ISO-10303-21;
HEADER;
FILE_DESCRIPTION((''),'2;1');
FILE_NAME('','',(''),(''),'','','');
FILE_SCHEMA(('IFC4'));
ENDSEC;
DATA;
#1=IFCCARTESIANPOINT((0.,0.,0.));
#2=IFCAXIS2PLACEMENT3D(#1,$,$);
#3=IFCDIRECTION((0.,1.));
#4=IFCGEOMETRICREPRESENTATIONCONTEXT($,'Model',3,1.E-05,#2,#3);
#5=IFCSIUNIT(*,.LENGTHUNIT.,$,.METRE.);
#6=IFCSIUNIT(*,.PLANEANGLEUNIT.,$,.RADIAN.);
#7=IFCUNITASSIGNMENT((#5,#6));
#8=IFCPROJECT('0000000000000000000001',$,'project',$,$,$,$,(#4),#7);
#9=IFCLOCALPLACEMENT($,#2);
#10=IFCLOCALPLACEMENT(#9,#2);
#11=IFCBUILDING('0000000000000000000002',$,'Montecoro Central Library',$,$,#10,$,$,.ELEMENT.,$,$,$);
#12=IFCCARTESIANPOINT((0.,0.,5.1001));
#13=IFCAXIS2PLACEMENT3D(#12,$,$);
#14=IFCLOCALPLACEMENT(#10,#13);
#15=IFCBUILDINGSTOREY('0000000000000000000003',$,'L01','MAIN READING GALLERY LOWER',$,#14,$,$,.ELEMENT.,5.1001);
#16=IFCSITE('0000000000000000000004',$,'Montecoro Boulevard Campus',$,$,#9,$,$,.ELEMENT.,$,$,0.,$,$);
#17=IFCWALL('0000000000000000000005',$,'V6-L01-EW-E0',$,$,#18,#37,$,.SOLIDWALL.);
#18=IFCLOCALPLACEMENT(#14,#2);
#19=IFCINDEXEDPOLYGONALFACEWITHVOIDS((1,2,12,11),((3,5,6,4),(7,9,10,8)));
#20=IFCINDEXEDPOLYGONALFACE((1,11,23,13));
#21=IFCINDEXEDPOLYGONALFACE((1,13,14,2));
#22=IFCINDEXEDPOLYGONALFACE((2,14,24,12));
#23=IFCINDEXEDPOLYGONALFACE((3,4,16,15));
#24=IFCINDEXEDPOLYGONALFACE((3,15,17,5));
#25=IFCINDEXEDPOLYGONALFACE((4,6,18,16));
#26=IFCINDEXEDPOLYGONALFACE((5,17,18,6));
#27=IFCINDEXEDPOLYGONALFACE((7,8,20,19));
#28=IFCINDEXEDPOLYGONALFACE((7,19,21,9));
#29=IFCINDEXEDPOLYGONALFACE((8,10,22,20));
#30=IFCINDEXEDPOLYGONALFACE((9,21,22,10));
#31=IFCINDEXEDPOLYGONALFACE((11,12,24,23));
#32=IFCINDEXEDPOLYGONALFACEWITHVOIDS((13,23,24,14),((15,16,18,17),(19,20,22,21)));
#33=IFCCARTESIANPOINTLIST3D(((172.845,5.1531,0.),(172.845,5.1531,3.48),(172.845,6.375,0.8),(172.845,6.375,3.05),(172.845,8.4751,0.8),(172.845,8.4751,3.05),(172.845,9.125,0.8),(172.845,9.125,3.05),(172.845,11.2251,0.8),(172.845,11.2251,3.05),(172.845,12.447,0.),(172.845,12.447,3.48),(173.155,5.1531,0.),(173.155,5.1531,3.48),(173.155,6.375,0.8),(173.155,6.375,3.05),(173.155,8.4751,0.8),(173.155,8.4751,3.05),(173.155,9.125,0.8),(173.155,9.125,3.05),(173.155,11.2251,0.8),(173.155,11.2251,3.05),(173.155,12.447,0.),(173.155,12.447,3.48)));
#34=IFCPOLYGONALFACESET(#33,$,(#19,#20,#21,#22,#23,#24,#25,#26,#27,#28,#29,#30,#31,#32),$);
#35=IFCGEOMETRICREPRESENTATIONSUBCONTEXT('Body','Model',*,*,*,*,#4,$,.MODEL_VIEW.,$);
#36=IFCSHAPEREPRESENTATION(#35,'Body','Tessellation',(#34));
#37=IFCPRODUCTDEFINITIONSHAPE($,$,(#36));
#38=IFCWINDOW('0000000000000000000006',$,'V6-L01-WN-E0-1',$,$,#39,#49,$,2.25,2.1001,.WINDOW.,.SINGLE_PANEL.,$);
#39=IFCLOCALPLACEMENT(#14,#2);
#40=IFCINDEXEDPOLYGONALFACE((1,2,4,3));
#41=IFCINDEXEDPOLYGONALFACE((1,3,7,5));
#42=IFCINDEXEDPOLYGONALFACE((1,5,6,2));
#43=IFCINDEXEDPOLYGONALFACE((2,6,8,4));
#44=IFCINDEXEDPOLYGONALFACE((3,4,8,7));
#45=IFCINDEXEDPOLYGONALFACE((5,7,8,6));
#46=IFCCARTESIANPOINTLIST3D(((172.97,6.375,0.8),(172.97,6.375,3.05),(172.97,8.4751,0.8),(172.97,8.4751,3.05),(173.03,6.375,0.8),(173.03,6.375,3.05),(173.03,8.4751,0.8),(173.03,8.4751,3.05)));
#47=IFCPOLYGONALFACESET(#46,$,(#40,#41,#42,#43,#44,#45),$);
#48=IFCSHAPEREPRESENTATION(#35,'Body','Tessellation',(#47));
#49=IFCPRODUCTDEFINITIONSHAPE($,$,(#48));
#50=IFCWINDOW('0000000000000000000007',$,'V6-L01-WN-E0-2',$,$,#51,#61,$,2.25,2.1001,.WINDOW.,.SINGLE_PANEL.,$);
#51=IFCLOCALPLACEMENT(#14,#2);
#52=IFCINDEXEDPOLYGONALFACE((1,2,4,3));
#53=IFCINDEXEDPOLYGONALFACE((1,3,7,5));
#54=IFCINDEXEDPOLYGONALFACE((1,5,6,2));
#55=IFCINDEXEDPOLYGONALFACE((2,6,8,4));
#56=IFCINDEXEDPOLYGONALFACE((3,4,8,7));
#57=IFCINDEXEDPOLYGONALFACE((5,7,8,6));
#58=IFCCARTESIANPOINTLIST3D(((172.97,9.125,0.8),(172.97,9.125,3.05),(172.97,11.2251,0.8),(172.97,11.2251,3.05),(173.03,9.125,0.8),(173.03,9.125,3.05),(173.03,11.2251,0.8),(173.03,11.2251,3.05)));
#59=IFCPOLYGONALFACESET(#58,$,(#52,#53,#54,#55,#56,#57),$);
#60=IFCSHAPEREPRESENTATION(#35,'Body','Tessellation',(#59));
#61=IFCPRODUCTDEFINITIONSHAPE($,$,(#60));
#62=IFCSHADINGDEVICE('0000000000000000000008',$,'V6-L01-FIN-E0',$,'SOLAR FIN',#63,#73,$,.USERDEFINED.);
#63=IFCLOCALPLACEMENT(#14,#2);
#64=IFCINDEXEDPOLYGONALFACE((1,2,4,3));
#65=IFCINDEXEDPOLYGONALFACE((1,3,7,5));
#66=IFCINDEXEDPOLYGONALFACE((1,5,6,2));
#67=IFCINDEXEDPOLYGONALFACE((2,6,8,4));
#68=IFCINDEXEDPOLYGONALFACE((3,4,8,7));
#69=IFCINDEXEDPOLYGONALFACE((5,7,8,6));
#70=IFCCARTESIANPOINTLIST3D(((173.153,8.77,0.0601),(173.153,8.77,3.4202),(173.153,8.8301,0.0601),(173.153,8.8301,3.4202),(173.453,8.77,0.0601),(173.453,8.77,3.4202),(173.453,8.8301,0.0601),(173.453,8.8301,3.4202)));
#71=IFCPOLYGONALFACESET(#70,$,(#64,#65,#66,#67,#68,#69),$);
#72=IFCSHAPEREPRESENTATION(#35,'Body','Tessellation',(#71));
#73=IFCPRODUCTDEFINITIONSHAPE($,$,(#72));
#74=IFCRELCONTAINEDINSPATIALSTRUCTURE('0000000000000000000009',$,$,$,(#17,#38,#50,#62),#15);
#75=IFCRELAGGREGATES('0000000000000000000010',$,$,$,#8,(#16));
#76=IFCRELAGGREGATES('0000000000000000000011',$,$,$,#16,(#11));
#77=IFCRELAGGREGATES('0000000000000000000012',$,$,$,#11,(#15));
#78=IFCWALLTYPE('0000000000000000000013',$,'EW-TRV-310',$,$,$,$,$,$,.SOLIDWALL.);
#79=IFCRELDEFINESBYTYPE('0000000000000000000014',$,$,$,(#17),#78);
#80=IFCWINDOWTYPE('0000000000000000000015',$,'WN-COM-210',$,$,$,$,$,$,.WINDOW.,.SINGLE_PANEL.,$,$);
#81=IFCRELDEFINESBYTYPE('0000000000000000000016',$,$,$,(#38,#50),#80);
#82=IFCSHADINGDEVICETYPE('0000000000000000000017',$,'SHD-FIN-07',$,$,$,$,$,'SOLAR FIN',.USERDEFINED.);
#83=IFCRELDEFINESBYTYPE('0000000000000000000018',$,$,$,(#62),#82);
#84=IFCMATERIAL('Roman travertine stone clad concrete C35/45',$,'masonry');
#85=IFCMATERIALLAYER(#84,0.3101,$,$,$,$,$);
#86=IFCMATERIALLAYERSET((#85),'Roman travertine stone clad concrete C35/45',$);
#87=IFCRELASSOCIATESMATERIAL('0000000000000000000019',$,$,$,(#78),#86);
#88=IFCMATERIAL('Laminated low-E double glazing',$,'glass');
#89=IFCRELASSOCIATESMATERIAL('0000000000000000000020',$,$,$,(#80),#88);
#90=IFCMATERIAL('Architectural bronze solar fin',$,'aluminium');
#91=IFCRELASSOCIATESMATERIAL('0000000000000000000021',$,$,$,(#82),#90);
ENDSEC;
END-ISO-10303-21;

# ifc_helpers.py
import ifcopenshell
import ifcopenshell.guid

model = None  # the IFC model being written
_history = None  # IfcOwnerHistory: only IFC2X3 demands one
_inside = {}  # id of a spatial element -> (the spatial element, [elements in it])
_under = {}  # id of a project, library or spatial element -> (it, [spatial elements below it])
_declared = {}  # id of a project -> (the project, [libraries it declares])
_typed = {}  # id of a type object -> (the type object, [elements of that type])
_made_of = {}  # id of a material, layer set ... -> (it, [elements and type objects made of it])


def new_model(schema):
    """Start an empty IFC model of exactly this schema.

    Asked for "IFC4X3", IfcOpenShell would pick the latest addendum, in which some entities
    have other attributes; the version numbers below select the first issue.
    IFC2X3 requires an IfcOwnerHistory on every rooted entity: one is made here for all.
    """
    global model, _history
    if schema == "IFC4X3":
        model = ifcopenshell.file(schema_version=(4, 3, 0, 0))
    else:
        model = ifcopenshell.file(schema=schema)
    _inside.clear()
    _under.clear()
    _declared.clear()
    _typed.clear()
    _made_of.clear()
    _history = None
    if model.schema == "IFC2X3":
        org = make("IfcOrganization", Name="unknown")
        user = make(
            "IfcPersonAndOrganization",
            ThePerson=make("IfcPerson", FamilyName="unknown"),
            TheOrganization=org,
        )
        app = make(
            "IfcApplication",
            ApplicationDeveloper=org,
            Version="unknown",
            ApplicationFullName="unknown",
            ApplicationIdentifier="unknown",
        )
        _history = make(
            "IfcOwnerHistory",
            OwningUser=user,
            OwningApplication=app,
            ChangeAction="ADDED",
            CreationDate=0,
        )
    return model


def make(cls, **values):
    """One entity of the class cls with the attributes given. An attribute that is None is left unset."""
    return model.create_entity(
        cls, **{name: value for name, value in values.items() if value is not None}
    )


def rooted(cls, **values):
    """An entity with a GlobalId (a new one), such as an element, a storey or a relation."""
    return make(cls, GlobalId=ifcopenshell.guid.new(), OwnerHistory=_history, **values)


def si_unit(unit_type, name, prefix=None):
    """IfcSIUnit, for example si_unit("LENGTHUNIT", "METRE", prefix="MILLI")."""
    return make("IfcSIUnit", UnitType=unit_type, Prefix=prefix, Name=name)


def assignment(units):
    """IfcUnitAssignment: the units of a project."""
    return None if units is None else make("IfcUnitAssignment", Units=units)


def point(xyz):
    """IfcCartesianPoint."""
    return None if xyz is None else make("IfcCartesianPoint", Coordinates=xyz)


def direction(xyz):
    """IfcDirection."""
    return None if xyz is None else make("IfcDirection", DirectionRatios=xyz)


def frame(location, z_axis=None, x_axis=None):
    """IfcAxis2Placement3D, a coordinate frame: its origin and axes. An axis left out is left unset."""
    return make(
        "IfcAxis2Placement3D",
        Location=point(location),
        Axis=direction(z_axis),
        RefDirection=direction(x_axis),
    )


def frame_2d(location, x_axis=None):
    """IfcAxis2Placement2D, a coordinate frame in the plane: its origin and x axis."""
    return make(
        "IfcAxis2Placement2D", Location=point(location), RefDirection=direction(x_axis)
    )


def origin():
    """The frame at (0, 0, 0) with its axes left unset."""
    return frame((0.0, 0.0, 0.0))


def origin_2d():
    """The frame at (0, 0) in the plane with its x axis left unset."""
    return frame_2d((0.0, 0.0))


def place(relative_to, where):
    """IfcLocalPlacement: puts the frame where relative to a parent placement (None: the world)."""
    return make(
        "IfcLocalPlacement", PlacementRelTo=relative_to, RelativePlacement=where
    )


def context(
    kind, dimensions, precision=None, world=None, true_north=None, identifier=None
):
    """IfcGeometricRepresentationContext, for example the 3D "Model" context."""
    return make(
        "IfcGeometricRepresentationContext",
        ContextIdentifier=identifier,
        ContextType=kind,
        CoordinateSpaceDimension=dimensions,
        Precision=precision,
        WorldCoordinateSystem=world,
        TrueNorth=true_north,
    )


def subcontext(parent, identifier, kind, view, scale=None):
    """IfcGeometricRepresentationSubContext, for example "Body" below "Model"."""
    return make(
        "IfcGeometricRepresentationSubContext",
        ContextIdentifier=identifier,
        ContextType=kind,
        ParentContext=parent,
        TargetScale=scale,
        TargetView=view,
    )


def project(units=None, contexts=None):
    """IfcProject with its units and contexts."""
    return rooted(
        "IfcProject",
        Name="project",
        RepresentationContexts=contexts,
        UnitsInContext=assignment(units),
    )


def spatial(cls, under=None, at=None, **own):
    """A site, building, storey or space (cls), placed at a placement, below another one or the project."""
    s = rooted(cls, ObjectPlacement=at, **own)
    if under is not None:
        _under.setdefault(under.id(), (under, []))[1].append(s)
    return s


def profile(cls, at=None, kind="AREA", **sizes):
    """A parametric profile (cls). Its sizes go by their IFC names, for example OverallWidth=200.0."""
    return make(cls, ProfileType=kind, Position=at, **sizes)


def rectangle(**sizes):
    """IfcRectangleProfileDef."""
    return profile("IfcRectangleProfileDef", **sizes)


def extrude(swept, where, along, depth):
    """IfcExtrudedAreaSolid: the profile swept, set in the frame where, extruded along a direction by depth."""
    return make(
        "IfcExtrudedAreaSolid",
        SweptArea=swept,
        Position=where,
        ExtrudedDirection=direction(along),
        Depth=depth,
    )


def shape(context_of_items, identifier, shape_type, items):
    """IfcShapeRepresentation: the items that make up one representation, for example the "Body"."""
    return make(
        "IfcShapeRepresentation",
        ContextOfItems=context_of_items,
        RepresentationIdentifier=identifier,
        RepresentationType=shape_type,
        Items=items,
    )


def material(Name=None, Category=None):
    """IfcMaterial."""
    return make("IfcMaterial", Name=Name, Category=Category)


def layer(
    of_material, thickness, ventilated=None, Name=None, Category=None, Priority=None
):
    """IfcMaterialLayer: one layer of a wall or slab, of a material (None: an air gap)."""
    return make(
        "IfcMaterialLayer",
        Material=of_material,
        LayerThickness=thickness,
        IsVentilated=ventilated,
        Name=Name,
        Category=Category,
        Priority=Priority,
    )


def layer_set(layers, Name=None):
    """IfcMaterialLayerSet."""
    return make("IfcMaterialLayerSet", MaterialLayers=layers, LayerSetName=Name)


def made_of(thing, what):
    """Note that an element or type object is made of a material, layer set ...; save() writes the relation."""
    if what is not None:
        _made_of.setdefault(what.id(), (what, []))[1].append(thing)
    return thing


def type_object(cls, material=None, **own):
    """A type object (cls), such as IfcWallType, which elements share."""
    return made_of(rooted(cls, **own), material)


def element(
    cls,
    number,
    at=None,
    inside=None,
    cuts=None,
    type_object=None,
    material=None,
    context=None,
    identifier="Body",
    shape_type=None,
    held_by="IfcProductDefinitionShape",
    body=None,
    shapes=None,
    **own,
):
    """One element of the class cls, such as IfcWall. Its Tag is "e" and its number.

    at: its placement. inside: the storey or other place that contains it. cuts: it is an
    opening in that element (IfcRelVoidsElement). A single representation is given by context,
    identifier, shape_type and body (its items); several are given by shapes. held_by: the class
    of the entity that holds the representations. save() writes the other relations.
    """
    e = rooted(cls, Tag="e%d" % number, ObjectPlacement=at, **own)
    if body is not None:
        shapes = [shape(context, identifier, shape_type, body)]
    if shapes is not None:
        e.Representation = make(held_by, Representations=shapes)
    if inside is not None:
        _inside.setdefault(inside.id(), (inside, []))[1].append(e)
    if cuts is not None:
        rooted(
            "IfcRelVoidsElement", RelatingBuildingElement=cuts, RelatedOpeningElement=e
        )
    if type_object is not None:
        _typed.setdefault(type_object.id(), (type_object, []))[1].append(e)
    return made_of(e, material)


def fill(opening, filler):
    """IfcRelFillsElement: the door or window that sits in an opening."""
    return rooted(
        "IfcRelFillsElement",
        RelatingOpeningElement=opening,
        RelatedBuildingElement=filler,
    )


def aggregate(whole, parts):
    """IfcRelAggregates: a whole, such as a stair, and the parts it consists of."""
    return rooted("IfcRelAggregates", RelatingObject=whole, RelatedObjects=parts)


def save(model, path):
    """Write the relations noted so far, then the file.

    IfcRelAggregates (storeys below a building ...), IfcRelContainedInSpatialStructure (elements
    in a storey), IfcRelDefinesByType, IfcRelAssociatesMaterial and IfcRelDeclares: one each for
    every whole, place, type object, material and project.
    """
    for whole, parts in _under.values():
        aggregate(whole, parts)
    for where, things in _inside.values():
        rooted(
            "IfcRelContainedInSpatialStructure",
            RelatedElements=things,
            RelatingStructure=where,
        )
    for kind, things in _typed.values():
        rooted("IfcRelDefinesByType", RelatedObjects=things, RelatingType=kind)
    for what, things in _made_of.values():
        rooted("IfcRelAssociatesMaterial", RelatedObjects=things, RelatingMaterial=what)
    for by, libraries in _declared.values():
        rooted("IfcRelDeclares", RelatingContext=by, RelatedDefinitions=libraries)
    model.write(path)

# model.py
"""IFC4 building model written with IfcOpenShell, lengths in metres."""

from ifc_helpers import new_model, si_unit, direction, frame, frame_2d, origin, origin_2d, place, context, subcontext, project, spatial, rectangle, extrude, material, layer, layer_set, type_object, element, fill, save


model = new_model("IFC4")

# Units and contexts
model_context = context("Model", 3, precision=1e-05, world=origin(), true_north=direction((0.0, 1.0)))
body_context = subcontext(model_context, "Body", "Model", "MODEL_VIEW")
ifc_project = project(units=[si_unit("LENGTHUNIT", "METRE"), si_unit("PLANEANGLEUNIT", "RADIAN")], contexts=[model_context])

# Site, building, storey
site_placement = place(None, origin())
site = spatial("IfcSite", under=ifc_project, at=site_placement, Name="Montecoro Boulevard Campus", CompositionType="ELEMENT", RefElevation=0.0)
building_placement = place(site_placement, origin())
building = spatial("IfcBuilding", under=site, at=building_placement, Name="Montecoro Central Library", CompositionType="ELEMENT")
storey_placement = place(building_placement, frame((0.0, 0.0, 5.1001)))
storey = spatial("IfcBuildingStorey", under=building, at=storey_placement, Name="L01", Description="MAIN READING GALLERY LOWER", CompositionType="ELEMENT", Elevation=5.1001)

# Shared definitions
ifc_material_1 = material(Name="Laminated low-E double glazing", Category="glass")

# Wall, openings, windows
ifc_material_2 = material(Name="Roman travertine stone clad concrete C35/45", Category="masonry")
ifc_layer_1 = layer(ifc_material_2, 0.3101)
ifc_layer_set_1 = layer_set([ifc_layer_1], Name="Roman travertine stone clad concrete C35/45")
wall_type = type_object("IfcWallType", Name="EW-TRV-310", PredefinedType="SOLIDWALL", material=ifc_layer_set_1)
wall_placement = place(storey_placement, frame((173.0, 5.1531, 0.0), z_axis=(0.0, 0.0, 1.0), x_axis=(0.0, 1.0, 0.0)))
wall = element("IfcWall", 1, at=wall_placement, inside=storey, type_object=wall_type, Name="V6-L01-EW-E0", PredefinedType="SOLIDWALL", context=body_context, shape_type="SweptSolid", body=[
    extrude(rectangle(XDim=7.2939, YDim=0.3101, at=frame_2d((3.647, 0.0))), origin(), (0.0, 0.0, 1.0), 3.48),
])
opening_1_placement = place(wall_placement, frame((1.2219, 0.0, 0.8)))
opening_1 = element("IfcOpeningElement", 2, at=opening_1_placement, cuts=wall, PredefinedType="OPENING", context=body_context, shape_type="SweptSolid", body=[
    extrude(rectangle(XDim=2.1001, YDim=2.25, at=frame_2d((1.05, 1.125))), frame((0.0, 0.165, 0.0), z_axis=(0.0, -1.0, 0.0), x_axis=(1.0, 0.0, 0.0)), (0.0, 0.0, 1.0), 0.3301),
])
opening_2_placement = place(wall_placement, frame((3.9719, 0.0, 0.8)))
opening_2 = element("IfcOpeningElement", 3, at=opening_2_placement, cuts=wall, PredefinedType="OPENING", context=body_context, shape_type="SweptSolid", body=[
    extrude(rectangle(XDim=2.1001, YDim=2.25, at=frame_2d((1.05, 1.125))), frame((0.0, 0.165, 0.0), z_axis=(0.0, -1.0, 0.0), x_axis=(1.0, 0.0, 0.0)), (0.0, 0.0, 1.0), 0.3301),
])
window_type = type_object("IfcWindowType", Name="WN-COM-210", PartitioningType="SINGLE_PANEL", PredefinedType="WINDOW", material=ifc_material_1)
window_1_placement = place(opening_1_placement, origin())
window_1 = element("IfcWindow", 4, at=window_1_placement, inside=storey, type_object=window_type, Name="V6-L01-WN-E0-1", OverallHeight=2.25, OverallWidth=2.1001, PartitioningType="SINGLE_PANEL", PredefinedType="WINDOW", context=body_context, shape_type="SweptSolid", body=[
    extrude(rectangle(XDim=2.1001, YDim=2.25, at=frame_2d((1.05, 1.125))), frame((0.0, 0.03, 0.0), z_axis=(0.0, -1.0, 0.0), x_axis=(1.0, 0.0, 0.0)), (0.0, 0.0, 1.0), 0.0601),
])
fill(opening_1, window_1)
window_2_placement = place(opening_2_placement, origin())
window_2 = element("IfcWindow", 5, at=window_2_placement, inside=storey, type_object=window_type, Name="V6-L01-WN-E0-2", OverallHeight=2.25, OverallWidth=2.1001, PartitioningType="SINGLE_PANEL", PredefinedType="WINDOW", context=body_context, shape_type="SweptSolid", body=[
    extrude(rectangle(XDim=2.1001, YDim=2.25, at=frame_2d((1.05, 1.125))), frame((0.0, 0.03, 0.0), z_axis=(0.0, -1.0, 0.0), x_axis=(1.0, 0.0, 0.0)), (0.0, 0.0, 1.0), 0.0601),
])
fill(opening_2, window_2)

# Shading device
ifc_material_3 = material(Name="Architectural bronze solar fin", Category="aluminium")
shading_device_type = type_object("IfcShadingDeviceType", Name="SHD-FIN-07", ElementType="SOLAR FIN", PredefinedType="USERDEFINED", material=ifc_material_3)
shading_device_placement = place(storey_placement, frame((173.303, 8.8, 0.0601), z_axis=(0.0, 0.0, 1.0), x_axis=(0.0, 1.0, 0.0)))
element("IfcShadingDevice", 6, at=shading_device_placement, inside=storey, type_object=shading_device_type, Name="V6-L01-FIN-E0", ObjectType="SOLAR FIN", PredefinedType="USERDEFINED", context=body_context, shape_type="SweptSolid", body=[
    extrude(rectangle(XDim=0.0601, YDim=0.3, at=origin_2d()), origin(), (0.0, 0.0, 1.0), 3.3601),
])

save(model, "model.ifc")
